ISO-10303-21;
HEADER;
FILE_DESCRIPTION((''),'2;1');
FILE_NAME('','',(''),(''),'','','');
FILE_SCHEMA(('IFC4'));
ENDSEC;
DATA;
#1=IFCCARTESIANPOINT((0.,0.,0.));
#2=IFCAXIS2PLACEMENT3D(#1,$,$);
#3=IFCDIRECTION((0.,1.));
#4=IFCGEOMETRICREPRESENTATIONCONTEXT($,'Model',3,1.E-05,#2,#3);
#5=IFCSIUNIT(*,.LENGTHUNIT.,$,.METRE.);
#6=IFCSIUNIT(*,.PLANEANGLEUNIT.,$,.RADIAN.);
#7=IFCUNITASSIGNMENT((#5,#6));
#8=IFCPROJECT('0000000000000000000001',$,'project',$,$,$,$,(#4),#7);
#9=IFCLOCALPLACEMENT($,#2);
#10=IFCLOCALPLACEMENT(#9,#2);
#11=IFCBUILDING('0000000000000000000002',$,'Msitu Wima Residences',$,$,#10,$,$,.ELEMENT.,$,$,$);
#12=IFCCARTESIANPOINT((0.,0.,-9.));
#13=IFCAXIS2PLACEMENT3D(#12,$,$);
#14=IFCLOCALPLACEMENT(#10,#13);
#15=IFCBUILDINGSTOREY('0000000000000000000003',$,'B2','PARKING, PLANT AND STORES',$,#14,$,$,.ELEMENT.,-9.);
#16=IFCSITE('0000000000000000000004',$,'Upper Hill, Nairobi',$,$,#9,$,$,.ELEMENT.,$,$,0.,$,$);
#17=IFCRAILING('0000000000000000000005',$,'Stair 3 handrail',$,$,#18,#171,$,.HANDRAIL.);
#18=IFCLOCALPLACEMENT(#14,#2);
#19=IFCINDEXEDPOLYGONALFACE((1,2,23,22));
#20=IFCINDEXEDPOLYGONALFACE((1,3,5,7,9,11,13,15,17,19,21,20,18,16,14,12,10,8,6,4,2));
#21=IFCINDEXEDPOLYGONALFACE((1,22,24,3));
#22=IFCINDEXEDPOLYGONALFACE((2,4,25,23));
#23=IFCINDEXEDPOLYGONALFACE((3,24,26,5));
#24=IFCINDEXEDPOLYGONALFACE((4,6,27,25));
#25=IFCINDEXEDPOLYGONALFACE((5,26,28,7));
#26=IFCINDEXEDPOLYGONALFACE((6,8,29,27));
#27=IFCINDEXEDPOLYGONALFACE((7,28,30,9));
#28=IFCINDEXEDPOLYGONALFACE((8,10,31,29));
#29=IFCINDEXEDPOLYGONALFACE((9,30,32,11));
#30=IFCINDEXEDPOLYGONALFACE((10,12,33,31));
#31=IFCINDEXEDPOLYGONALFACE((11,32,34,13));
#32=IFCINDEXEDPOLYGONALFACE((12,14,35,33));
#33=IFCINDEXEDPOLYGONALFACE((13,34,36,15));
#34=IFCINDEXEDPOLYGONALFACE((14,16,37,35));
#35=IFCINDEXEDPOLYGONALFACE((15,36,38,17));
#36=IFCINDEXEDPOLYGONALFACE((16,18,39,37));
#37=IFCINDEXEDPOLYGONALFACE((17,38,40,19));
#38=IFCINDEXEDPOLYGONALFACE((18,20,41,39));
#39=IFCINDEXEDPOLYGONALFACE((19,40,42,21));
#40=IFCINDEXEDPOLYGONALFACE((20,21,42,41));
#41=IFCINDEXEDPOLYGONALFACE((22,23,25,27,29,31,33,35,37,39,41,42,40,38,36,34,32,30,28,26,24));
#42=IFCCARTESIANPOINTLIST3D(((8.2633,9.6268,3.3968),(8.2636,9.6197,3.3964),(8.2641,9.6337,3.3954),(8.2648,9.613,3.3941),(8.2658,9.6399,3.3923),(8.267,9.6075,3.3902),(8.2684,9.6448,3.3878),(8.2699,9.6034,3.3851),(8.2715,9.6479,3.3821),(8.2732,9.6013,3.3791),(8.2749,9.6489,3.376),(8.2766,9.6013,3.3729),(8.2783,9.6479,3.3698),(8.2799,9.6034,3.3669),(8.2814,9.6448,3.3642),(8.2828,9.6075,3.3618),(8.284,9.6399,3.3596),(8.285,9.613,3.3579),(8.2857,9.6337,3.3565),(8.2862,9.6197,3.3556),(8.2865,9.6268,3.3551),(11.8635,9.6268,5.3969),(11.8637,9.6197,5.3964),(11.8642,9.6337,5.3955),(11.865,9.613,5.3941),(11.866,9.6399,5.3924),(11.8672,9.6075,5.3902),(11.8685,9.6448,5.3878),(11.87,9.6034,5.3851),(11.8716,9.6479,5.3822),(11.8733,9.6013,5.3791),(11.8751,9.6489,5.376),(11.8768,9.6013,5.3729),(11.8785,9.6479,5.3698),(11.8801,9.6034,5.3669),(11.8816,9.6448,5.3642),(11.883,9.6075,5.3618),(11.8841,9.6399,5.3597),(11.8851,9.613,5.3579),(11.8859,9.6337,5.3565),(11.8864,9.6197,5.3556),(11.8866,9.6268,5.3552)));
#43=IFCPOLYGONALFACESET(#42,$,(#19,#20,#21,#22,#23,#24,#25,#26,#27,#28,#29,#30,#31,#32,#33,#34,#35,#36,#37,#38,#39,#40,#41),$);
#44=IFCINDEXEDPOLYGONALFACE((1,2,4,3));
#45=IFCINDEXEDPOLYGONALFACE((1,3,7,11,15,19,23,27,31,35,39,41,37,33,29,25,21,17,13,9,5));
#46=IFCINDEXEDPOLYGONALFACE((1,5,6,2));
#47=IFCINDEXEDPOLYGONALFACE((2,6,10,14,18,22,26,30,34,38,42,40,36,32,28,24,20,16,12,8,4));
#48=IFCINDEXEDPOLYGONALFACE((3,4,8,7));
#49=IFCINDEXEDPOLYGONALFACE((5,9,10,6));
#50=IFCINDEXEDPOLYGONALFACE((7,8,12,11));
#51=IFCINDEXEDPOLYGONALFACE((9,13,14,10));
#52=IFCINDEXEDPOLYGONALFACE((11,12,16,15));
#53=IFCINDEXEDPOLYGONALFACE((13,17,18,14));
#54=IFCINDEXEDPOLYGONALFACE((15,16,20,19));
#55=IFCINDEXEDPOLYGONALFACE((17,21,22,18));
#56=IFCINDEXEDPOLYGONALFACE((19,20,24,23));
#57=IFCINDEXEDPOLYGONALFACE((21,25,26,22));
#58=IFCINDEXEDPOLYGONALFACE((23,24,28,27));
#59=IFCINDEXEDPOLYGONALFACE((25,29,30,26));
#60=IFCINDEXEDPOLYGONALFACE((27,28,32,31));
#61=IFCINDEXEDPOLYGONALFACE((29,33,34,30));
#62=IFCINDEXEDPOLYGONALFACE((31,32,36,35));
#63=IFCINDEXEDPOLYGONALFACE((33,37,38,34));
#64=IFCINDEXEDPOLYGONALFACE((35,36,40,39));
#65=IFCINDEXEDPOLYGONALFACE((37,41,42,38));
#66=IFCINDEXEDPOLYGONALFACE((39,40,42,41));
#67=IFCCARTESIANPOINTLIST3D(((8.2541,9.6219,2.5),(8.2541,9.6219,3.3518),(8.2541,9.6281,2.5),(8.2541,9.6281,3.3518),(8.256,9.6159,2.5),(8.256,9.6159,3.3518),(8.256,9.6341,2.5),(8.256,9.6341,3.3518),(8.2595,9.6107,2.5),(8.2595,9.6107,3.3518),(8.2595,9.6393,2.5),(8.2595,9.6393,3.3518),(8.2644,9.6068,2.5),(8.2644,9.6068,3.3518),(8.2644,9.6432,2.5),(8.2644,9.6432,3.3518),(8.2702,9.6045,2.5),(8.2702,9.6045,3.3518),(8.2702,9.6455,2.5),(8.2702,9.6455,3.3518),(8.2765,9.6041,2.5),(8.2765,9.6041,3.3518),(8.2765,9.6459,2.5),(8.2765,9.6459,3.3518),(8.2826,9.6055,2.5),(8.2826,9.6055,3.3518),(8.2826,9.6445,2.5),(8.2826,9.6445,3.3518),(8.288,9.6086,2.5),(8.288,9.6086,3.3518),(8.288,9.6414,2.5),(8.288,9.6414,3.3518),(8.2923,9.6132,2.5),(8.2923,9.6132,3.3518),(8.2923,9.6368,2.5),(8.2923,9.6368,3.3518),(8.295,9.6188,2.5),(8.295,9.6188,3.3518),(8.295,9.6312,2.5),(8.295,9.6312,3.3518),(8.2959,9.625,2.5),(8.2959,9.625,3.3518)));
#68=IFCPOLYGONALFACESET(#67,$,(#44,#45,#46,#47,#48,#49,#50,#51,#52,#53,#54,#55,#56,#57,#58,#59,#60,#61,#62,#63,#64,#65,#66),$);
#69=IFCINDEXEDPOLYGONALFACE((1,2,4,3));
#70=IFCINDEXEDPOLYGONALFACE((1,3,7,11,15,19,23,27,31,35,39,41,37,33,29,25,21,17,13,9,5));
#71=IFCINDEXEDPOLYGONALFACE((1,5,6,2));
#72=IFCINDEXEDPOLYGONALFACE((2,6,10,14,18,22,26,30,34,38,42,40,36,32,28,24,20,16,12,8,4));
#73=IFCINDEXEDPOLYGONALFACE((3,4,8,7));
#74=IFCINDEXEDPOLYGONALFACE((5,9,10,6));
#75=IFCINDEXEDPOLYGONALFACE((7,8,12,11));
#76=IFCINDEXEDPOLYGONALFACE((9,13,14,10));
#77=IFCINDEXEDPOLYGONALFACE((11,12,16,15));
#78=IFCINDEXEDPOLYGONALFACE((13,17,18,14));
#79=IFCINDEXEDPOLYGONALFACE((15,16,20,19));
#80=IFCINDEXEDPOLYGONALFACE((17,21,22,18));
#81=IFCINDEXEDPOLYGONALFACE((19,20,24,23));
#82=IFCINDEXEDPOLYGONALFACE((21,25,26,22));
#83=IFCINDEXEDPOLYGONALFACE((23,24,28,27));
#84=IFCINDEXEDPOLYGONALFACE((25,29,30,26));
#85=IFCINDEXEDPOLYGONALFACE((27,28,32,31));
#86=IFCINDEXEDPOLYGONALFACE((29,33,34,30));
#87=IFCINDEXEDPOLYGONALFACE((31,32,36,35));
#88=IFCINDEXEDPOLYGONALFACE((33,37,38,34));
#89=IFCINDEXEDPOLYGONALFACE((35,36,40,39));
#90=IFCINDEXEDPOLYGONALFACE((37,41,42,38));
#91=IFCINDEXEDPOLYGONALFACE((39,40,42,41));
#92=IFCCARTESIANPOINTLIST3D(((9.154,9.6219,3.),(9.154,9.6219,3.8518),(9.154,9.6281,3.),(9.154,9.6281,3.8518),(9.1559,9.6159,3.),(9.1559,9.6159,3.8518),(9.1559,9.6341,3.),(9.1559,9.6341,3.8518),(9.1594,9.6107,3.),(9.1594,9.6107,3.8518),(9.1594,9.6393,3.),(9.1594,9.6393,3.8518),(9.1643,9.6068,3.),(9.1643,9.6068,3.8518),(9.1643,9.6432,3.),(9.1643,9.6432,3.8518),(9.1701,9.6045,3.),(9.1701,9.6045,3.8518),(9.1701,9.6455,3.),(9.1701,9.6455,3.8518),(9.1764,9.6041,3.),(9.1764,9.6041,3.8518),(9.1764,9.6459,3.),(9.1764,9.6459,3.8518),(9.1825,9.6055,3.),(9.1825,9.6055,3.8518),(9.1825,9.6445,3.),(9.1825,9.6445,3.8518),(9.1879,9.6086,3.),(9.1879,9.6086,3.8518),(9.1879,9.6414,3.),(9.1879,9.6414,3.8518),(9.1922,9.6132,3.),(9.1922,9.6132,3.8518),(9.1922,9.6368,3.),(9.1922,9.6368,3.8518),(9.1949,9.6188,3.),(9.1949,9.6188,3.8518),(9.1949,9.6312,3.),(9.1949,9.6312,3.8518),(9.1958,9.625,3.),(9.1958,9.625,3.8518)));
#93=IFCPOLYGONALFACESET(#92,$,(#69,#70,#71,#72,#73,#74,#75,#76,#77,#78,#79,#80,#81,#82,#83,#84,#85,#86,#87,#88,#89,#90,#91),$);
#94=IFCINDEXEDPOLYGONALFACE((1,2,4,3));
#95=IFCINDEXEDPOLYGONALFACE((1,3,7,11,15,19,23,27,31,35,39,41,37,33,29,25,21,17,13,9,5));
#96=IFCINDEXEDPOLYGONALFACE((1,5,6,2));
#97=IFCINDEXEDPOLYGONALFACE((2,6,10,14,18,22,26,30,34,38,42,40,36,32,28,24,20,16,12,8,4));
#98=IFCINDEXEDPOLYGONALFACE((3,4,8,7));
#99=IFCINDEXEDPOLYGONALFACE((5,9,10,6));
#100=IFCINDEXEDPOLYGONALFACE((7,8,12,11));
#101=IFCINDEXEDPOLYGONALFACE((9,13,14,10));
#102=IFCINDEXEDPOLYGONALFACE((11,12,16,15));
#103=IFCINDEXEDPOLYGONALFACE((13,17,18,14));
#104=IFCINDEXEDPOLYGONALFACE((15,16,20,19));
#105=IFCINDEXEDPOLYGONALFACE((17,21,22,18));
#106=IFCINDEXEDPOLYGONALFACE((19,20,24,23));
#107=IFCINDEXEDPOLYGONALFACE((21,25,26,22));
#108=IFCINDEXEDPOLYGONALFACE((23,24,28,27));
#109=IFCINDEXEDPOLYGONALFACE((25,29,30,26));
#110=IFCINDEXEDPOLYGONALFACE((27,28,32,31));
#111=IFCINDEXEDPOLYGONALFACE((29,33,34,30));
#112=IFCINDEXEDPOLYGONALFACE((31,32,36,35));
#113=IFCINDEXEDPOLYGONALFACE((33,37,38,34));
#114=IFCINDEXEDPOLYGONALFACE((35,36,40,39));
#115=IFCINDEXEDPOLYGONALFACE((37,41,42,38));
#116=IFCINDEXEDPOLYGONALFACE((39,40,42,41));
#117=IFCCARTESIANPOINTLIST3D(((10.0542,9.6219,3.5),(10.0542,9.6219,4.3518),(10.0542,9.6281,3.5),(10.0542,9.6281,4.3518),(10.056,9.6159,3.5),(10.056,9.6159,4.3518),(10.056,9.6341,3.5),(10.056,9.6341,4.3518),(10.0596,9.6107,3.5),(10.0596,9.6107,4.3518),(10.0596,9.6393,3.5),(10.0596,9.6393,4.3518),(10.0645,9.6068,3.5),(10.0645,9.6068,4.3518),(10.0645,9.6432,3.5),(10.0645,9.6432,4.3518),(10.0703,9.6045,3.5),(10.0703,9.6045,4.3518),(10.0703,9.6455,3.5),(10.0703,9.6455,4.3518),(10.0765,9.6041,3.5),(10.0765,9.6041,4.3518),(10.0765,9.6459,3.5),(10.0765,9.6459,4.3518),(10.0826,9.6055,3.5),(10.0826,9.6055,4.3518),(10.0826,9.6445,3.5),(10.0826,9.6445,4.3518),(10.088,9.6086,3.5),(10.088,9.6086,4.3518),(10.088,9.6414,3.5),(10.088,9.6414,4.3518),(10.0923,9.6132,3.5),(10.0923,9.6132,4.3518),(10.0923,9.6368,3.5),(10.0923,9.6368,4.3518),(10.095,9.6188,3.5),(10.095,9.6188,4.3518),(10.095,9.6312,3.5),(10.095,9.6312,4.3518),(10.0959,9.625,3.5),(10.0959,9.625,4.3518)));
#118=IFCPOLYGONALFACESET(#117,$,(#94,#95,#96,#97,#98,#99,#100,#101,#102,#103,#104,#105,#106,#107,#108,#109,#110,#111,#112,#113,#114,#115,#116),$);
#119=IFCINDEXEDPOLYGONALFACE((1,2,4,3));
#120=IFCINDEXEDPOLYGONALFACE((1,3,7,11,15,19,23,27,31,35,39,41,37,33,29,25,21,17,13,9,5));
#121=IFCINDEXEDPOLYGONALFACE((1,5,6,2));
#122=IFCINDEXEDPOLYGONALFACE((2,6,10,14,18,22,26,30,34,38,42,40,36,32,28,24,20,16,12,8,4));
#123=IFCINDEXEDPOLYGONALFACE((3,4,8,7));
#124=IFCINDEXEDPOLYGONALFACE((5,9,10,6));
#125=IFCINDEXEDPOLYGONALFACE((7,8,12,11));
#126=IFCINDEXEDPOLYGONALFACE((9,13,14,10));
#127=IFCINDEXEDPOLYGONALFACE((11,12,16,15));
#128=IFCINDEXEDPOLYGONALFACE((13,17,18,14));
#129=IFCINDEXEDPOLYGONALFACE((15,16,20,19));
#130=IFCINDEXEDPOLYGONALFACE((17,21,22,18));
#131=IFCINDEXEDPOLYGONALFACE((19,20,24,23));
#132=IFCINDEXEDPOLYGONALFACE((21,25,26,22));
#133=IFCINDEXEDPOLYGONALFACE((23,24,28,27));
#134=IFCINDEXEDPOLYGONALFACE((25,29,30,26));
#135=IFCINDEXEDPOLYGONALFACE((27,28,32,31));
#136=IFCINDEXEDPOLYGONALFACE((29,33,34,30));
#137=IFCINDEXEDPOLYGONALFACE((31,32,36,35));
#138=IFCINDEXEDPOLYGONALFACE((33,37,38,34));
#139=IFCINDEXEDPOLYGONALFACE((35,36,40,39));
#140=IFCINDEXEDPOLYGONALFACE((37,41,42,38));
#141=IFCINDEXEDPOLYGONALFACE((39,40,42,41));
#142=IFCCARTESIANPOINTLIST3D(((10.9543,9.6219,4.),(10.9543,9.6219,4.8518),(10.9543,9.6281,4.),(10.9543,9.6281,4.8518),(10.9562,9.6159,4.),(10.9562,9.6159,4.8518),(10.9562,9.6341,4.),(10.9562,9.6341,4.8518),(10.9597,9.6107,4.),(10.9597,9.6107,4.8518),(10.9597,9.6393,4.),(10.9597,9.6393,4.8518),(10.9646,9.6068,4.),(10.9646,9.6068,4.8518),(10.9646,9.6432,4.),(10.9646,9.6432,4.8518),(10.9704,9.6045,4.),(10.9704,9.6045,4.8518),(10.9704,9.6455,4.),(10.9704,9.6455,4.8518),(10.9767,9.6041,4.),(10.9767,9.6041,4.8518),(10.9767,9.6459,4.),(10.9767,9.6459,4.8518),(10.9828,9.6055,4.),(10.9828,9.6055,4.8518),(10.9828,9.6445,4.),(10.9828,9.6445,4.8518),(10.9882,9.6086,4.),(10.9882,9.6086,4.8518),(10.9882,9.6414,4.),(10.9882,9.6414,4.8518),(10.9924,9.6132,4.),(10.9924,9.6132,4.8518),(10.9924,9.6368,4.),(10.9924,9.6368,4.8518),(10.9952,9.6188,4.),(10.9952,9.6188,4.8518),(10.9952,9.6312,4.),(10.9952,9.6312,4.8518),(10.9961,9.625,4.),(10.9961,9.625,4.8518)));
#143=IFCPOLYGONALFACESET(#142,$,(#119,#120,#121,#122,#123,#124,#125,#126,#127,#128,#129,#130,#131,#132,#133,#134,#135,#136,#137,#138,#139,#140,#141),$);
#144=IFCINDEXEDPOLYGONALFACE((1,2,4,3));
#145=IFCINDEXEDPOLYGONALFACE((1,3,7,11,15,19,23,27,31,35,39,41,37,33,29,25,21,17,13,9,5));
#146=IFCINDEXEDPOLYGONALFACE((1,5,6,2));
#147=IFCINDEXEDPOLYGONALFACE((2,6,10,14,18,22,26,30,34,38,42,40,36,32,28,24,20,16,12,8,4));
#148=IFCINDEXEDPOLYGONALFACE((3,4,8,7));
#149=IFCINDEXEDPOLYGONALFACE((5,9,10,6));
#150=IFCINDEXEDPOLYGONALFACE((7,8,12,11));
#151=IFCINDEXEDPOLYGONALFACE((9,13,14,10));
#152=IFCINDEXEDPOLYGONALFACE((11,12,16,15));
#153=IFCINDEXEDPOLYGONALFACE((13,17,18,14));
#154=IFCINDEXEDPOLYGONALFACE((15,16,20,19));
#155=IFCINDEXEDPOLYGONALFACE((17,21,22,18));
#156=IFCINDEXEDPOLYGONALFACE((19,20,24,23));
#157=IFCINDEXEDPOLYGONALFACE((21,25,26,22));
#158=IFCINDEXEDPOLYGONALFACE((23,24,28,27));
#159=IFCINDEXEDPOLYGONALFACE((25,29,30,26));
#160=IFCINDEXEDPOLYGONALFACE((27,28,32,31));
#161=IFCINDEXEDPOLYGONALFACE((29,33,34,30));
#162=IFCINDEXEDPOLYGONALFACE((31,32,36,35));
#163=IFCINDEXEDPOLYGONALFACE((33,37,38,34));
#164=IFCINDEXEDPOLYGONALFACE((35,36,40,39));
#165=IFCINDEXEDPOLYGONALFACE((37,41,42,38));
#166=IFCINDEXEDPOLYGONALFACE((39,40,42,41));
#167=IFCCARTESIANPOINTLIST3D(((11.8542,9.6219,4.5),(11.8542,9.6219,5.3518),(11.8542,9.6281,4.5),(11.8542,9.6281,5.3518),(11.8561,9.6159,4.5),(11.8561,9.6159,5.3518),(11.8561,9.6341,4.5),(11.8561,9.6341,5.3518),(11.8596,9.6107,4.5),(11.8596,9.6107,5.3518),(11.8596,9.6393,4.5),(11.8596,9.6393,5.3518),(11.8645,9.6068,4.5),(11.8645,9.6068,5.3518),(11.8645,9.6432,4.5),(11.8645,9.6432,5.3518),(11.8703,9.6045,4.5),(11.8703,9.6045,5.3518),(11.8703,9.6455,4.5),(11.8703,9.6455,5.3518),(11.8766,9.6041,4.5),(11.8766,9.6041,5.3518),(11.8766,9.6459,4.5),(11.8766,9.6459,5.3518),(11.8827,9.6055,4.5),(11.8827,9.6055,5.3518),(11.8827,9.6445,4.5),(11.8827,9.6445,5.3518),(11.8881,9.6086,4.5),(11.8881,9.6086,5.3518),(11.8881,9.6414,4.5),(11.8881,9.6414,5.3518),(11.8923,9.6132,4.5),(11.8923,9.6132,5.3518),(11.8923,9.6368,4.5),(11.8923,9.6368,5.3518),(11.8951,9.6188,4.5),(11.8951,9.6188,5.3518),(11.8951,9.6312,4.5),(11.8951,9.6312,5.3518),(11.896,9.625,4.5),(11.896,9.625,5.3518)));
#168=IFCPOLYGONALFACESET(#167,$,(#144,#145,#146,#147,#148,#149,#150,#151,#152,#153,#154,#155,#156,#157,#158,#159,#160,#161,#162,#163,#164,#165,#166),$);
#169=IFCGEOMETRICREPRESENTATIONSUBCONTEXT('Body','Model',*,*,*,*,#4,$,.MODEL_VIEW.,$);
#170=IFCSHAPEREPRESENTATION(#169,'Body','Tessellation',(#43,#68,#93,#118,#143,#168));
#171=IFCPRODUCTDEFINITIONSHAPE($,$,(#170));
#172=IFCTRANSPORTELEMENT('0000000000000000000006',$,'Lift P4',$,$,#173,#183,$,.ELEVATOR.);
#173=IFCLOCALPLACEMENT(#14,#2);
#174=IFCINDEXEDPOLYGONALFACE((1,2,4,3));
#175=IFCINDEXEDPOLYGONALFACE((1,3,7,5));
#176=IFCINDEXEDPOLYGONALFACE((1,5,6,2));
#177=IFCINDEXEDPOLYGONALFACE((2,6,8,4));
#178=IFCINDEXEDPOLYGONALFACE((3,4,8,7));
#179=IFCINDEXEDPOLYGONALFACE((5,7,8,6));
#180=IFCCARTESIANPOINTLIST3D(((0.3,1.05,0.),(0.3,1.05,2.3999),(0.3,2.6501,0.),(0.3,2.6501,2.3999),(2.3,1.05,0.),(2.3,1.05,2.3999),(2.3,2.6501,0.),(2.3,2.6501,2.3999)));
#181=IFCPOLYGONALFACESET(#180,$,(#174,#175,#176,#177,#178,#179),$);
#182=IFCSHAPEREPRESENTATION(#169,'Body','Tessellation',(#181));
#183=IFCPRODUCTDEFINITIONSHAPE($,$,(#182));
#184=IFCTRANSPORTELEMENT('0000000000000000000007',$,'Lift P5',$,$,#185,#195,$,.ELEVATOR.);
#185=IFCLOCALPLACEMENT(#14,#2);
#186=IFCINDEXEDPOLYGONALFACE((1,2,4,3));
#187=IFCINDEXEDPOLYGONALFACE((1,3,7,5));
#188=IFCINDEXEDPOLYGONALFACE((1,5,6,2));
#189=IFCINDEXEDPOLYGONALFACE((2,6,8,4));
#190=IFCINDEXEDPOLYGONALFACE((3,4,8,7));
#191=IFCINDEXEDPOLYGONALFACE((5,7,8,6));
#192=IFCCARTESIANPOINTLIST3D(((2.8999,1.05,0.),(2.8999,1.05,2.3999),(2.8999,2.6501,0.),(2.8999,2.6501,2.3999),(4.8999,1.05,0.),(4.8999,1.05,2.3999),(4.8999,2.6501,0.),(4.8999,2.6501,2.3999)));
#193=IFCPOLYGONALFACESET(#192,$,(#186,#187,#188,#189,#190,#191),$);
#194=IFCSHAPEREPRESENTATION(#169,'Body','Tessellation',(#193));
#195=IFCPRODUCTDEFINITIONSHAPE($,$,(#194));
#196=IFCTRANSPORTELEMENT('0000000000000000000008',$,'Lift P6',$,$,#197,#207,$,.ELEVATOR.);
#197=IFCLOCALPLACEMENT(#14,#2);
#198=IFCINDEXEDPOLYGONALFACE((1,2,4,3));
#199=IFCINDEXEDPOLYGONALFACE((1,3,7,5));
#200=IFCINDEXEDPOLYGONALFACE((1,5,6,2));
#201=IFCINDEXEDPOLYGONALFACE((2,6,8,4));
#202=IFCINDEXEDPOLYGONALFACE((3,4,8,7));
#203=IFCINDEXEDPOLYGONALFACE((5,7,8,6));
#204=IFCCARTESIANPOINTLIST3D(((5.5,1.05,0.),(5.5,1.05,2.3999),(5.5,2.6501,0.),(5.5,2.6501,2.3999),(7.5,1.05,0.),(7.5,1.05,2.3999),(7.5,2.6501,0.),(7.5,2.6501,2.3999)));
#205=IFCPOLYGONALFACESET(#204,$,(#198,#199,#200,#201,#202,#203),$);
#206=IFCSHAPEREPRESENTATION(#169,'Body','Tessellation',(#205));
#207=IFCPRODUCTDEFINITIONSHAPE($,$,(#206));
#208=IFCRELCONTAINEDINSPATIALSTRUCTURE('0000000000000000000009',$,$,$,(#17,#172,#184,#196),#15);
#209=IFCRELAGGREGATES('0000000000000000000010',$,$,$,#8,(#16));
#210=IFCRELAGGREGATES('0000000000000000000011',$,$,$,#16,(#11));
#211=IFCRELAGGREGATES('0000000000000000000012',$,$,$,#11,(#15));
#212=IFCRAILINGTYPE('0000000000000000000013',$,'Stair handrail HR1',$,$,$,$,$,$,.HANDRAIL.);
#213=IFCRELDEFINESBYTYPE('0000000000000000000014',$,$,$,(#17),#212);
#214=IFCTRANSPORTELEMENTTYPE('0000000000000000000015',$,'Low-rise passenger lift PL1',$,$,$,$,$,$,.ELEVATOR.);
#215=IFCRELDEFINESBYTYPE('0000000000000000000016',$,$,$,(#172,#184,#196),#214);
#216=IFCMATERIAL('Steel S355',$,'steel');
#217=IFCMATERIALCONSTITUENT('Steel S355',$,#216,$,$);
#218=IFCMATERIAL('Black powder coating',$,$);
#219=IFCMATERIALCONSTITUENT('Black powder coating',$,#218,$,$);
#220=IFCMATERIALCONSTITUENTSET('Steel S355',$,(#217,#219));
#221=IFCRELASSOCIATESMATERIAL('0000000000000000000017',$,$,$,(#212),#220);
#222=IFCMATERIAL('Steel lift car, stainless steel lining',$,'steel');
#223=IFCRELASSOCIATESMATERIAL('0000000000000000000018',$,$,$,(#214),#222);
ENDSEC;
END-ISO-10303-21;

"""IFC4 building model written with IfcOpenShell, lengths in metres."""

from ifc_helpers import new_model, si_unit, direction, frame, origin, origin_2d, place, context, subcontext, project, spatial, rectangle, circle, extrude, material, constituent, constituent_set, type_object, element, save


model = new_model("IFC4")

# Units and contexts
model_context = context("Model", 3, precision=1e-05, world=origin(), true_north=direction((0.0, 1.0)))
body_context = subcontext(model_context, "Body", "Model", "MODEL_VIEW")
ifc_project = project(units=[si_unit("LENGTHUNIT", "METRE"), si_unit("PLANEANGLEUNIT", "RADIAN")], contexts=[model_context])

# Site, building, storey
site_placement = place(None, origin())
site = spatial("IfcSite", under=ifc_project, at=site_placement, Name="Upper Hill, Nairobi", CompositionType="ELEMENT", RefElevation=0.0)
building_placement = place(site_placement, origin())
building = spatial("IfcBuilding", under=site, at=building_placement, Name="Msitu Wima Residences", CompositionType="ELEMENT")
storey_placement = place(building_placement, frame((0.0, 0.0, -9.0)))
storey = spatial("IfcBuildingStorey", under=building, at=storey_placement, Name="B2", Description="PARKING, PLANT AND STORES", CompositionType="ELEMENT", Elevation=-9.0)

# Railing
ifc_material_1 = material(Name="Steel S355", Category="steel")
ifc_constituent_1 = constituent(ifc_material_1, Name="Steel S355")
ifc_material_2 = material(Name="Black powder coating")
ifc_constituent_2 = constituent(ifc_material_2, Name="Black powder coating")
ifc_constituent_set = constituent_set(constituents=[ifc_constituent_1, ifc_constituent_2], Name="Steel S355")
railing_type = type_object("IfcRailingType", Name="Stair handrail HR1", PredefinedType="HANDRAIL", material=ifc_constituent_set)
railing_placement = place(storey_placement, frame((8.2749, 9.625, 2.5)))
element("IfcRailing", 1, at=railing_placement, inside=storey, type_object=railing_type, Name="Stair 3 handrail", PredefinedType="HANDRAIL", context=body_context, shape_type="SweptSolid", body=[
    extrude(circle(Radius=0.0239, at=origin_2d()), frame((0.0, 0.0, 0.876), z_axis=(0.874163, 0.0, 0.485633), x_axis=(0.0, 1.0, 0.0)), (0.0, 0.0, 1.0), 4.1184),
    extrude(circle(Radius=0.021, at=origin_2d()), origin(), (0.0, 0.0, 1.0), 0.8518),
    extrude(circle(Radius=0.021, at=origin_2d()), frame((0.8999, 0.0, 0.5)), (0.0, 0.0, 1.0), 0.8518),
    extrude(circle(Radius=0.021, at=origin_2d()), frame((1.8, 0.0, 1.0)), (0.0, 0.0, 1.0), 0.8518),
    extrude(circle(Radius=0.021, at=origin_2d()), frame((2.7002, 0.0, 1.5)), (0.0, 0.0, 1.0), 0.8518),
    extrude(circle(Radius=0.021, at=origin_2d()), frame((3.6001, 0.0, 2.0)), (0.0, 0.0, 1.0), 0.8518),
])

# Transport elements
ifc_material_3 = material(Name="Steel lift car, stainless steel lining", Category="steel")
transport_element_type = type_object("IfcTransportElementType", Name="Low-rise passenger lift PL1", PredefinedType="ELEVATOR", material=ifc_material_3)
for number, where, z_axis, x_axis, name in (
    (2, (1.3, 1.8501, 0.0), (0.0, 0.0, 1.0), (1.0, 0.0, 0.0), "Lift P4"),
    (3, (3.8999, 1.8501, 0.0), (0.0, 0.0, 1.0), (1.0, 0.0, 0.0), "Lift P5"),
    (4, (6.5, 1.8501, 0.0), (0.0, 0.0, 1.0), (1.0, 0.0, 0.0), "Lift P6"),
):
    element("IfcTransportElement", number, at=place(storey_placement, frame(where, z_axis=z_axis, x_axis=x_axis)), inside=storey, type_object=transport_element_type, Name=name, PredefinedType="ELEVATOR", context=body_context, shape_type="SweptSolid", body=[
        extrude(rectangle(XDim=2.0, YDim=1.6001, at=origin_2d()), origin(), (0.0, 0.0, 1.0), 2.3999),
    ])

save(model, "model.ifc")
